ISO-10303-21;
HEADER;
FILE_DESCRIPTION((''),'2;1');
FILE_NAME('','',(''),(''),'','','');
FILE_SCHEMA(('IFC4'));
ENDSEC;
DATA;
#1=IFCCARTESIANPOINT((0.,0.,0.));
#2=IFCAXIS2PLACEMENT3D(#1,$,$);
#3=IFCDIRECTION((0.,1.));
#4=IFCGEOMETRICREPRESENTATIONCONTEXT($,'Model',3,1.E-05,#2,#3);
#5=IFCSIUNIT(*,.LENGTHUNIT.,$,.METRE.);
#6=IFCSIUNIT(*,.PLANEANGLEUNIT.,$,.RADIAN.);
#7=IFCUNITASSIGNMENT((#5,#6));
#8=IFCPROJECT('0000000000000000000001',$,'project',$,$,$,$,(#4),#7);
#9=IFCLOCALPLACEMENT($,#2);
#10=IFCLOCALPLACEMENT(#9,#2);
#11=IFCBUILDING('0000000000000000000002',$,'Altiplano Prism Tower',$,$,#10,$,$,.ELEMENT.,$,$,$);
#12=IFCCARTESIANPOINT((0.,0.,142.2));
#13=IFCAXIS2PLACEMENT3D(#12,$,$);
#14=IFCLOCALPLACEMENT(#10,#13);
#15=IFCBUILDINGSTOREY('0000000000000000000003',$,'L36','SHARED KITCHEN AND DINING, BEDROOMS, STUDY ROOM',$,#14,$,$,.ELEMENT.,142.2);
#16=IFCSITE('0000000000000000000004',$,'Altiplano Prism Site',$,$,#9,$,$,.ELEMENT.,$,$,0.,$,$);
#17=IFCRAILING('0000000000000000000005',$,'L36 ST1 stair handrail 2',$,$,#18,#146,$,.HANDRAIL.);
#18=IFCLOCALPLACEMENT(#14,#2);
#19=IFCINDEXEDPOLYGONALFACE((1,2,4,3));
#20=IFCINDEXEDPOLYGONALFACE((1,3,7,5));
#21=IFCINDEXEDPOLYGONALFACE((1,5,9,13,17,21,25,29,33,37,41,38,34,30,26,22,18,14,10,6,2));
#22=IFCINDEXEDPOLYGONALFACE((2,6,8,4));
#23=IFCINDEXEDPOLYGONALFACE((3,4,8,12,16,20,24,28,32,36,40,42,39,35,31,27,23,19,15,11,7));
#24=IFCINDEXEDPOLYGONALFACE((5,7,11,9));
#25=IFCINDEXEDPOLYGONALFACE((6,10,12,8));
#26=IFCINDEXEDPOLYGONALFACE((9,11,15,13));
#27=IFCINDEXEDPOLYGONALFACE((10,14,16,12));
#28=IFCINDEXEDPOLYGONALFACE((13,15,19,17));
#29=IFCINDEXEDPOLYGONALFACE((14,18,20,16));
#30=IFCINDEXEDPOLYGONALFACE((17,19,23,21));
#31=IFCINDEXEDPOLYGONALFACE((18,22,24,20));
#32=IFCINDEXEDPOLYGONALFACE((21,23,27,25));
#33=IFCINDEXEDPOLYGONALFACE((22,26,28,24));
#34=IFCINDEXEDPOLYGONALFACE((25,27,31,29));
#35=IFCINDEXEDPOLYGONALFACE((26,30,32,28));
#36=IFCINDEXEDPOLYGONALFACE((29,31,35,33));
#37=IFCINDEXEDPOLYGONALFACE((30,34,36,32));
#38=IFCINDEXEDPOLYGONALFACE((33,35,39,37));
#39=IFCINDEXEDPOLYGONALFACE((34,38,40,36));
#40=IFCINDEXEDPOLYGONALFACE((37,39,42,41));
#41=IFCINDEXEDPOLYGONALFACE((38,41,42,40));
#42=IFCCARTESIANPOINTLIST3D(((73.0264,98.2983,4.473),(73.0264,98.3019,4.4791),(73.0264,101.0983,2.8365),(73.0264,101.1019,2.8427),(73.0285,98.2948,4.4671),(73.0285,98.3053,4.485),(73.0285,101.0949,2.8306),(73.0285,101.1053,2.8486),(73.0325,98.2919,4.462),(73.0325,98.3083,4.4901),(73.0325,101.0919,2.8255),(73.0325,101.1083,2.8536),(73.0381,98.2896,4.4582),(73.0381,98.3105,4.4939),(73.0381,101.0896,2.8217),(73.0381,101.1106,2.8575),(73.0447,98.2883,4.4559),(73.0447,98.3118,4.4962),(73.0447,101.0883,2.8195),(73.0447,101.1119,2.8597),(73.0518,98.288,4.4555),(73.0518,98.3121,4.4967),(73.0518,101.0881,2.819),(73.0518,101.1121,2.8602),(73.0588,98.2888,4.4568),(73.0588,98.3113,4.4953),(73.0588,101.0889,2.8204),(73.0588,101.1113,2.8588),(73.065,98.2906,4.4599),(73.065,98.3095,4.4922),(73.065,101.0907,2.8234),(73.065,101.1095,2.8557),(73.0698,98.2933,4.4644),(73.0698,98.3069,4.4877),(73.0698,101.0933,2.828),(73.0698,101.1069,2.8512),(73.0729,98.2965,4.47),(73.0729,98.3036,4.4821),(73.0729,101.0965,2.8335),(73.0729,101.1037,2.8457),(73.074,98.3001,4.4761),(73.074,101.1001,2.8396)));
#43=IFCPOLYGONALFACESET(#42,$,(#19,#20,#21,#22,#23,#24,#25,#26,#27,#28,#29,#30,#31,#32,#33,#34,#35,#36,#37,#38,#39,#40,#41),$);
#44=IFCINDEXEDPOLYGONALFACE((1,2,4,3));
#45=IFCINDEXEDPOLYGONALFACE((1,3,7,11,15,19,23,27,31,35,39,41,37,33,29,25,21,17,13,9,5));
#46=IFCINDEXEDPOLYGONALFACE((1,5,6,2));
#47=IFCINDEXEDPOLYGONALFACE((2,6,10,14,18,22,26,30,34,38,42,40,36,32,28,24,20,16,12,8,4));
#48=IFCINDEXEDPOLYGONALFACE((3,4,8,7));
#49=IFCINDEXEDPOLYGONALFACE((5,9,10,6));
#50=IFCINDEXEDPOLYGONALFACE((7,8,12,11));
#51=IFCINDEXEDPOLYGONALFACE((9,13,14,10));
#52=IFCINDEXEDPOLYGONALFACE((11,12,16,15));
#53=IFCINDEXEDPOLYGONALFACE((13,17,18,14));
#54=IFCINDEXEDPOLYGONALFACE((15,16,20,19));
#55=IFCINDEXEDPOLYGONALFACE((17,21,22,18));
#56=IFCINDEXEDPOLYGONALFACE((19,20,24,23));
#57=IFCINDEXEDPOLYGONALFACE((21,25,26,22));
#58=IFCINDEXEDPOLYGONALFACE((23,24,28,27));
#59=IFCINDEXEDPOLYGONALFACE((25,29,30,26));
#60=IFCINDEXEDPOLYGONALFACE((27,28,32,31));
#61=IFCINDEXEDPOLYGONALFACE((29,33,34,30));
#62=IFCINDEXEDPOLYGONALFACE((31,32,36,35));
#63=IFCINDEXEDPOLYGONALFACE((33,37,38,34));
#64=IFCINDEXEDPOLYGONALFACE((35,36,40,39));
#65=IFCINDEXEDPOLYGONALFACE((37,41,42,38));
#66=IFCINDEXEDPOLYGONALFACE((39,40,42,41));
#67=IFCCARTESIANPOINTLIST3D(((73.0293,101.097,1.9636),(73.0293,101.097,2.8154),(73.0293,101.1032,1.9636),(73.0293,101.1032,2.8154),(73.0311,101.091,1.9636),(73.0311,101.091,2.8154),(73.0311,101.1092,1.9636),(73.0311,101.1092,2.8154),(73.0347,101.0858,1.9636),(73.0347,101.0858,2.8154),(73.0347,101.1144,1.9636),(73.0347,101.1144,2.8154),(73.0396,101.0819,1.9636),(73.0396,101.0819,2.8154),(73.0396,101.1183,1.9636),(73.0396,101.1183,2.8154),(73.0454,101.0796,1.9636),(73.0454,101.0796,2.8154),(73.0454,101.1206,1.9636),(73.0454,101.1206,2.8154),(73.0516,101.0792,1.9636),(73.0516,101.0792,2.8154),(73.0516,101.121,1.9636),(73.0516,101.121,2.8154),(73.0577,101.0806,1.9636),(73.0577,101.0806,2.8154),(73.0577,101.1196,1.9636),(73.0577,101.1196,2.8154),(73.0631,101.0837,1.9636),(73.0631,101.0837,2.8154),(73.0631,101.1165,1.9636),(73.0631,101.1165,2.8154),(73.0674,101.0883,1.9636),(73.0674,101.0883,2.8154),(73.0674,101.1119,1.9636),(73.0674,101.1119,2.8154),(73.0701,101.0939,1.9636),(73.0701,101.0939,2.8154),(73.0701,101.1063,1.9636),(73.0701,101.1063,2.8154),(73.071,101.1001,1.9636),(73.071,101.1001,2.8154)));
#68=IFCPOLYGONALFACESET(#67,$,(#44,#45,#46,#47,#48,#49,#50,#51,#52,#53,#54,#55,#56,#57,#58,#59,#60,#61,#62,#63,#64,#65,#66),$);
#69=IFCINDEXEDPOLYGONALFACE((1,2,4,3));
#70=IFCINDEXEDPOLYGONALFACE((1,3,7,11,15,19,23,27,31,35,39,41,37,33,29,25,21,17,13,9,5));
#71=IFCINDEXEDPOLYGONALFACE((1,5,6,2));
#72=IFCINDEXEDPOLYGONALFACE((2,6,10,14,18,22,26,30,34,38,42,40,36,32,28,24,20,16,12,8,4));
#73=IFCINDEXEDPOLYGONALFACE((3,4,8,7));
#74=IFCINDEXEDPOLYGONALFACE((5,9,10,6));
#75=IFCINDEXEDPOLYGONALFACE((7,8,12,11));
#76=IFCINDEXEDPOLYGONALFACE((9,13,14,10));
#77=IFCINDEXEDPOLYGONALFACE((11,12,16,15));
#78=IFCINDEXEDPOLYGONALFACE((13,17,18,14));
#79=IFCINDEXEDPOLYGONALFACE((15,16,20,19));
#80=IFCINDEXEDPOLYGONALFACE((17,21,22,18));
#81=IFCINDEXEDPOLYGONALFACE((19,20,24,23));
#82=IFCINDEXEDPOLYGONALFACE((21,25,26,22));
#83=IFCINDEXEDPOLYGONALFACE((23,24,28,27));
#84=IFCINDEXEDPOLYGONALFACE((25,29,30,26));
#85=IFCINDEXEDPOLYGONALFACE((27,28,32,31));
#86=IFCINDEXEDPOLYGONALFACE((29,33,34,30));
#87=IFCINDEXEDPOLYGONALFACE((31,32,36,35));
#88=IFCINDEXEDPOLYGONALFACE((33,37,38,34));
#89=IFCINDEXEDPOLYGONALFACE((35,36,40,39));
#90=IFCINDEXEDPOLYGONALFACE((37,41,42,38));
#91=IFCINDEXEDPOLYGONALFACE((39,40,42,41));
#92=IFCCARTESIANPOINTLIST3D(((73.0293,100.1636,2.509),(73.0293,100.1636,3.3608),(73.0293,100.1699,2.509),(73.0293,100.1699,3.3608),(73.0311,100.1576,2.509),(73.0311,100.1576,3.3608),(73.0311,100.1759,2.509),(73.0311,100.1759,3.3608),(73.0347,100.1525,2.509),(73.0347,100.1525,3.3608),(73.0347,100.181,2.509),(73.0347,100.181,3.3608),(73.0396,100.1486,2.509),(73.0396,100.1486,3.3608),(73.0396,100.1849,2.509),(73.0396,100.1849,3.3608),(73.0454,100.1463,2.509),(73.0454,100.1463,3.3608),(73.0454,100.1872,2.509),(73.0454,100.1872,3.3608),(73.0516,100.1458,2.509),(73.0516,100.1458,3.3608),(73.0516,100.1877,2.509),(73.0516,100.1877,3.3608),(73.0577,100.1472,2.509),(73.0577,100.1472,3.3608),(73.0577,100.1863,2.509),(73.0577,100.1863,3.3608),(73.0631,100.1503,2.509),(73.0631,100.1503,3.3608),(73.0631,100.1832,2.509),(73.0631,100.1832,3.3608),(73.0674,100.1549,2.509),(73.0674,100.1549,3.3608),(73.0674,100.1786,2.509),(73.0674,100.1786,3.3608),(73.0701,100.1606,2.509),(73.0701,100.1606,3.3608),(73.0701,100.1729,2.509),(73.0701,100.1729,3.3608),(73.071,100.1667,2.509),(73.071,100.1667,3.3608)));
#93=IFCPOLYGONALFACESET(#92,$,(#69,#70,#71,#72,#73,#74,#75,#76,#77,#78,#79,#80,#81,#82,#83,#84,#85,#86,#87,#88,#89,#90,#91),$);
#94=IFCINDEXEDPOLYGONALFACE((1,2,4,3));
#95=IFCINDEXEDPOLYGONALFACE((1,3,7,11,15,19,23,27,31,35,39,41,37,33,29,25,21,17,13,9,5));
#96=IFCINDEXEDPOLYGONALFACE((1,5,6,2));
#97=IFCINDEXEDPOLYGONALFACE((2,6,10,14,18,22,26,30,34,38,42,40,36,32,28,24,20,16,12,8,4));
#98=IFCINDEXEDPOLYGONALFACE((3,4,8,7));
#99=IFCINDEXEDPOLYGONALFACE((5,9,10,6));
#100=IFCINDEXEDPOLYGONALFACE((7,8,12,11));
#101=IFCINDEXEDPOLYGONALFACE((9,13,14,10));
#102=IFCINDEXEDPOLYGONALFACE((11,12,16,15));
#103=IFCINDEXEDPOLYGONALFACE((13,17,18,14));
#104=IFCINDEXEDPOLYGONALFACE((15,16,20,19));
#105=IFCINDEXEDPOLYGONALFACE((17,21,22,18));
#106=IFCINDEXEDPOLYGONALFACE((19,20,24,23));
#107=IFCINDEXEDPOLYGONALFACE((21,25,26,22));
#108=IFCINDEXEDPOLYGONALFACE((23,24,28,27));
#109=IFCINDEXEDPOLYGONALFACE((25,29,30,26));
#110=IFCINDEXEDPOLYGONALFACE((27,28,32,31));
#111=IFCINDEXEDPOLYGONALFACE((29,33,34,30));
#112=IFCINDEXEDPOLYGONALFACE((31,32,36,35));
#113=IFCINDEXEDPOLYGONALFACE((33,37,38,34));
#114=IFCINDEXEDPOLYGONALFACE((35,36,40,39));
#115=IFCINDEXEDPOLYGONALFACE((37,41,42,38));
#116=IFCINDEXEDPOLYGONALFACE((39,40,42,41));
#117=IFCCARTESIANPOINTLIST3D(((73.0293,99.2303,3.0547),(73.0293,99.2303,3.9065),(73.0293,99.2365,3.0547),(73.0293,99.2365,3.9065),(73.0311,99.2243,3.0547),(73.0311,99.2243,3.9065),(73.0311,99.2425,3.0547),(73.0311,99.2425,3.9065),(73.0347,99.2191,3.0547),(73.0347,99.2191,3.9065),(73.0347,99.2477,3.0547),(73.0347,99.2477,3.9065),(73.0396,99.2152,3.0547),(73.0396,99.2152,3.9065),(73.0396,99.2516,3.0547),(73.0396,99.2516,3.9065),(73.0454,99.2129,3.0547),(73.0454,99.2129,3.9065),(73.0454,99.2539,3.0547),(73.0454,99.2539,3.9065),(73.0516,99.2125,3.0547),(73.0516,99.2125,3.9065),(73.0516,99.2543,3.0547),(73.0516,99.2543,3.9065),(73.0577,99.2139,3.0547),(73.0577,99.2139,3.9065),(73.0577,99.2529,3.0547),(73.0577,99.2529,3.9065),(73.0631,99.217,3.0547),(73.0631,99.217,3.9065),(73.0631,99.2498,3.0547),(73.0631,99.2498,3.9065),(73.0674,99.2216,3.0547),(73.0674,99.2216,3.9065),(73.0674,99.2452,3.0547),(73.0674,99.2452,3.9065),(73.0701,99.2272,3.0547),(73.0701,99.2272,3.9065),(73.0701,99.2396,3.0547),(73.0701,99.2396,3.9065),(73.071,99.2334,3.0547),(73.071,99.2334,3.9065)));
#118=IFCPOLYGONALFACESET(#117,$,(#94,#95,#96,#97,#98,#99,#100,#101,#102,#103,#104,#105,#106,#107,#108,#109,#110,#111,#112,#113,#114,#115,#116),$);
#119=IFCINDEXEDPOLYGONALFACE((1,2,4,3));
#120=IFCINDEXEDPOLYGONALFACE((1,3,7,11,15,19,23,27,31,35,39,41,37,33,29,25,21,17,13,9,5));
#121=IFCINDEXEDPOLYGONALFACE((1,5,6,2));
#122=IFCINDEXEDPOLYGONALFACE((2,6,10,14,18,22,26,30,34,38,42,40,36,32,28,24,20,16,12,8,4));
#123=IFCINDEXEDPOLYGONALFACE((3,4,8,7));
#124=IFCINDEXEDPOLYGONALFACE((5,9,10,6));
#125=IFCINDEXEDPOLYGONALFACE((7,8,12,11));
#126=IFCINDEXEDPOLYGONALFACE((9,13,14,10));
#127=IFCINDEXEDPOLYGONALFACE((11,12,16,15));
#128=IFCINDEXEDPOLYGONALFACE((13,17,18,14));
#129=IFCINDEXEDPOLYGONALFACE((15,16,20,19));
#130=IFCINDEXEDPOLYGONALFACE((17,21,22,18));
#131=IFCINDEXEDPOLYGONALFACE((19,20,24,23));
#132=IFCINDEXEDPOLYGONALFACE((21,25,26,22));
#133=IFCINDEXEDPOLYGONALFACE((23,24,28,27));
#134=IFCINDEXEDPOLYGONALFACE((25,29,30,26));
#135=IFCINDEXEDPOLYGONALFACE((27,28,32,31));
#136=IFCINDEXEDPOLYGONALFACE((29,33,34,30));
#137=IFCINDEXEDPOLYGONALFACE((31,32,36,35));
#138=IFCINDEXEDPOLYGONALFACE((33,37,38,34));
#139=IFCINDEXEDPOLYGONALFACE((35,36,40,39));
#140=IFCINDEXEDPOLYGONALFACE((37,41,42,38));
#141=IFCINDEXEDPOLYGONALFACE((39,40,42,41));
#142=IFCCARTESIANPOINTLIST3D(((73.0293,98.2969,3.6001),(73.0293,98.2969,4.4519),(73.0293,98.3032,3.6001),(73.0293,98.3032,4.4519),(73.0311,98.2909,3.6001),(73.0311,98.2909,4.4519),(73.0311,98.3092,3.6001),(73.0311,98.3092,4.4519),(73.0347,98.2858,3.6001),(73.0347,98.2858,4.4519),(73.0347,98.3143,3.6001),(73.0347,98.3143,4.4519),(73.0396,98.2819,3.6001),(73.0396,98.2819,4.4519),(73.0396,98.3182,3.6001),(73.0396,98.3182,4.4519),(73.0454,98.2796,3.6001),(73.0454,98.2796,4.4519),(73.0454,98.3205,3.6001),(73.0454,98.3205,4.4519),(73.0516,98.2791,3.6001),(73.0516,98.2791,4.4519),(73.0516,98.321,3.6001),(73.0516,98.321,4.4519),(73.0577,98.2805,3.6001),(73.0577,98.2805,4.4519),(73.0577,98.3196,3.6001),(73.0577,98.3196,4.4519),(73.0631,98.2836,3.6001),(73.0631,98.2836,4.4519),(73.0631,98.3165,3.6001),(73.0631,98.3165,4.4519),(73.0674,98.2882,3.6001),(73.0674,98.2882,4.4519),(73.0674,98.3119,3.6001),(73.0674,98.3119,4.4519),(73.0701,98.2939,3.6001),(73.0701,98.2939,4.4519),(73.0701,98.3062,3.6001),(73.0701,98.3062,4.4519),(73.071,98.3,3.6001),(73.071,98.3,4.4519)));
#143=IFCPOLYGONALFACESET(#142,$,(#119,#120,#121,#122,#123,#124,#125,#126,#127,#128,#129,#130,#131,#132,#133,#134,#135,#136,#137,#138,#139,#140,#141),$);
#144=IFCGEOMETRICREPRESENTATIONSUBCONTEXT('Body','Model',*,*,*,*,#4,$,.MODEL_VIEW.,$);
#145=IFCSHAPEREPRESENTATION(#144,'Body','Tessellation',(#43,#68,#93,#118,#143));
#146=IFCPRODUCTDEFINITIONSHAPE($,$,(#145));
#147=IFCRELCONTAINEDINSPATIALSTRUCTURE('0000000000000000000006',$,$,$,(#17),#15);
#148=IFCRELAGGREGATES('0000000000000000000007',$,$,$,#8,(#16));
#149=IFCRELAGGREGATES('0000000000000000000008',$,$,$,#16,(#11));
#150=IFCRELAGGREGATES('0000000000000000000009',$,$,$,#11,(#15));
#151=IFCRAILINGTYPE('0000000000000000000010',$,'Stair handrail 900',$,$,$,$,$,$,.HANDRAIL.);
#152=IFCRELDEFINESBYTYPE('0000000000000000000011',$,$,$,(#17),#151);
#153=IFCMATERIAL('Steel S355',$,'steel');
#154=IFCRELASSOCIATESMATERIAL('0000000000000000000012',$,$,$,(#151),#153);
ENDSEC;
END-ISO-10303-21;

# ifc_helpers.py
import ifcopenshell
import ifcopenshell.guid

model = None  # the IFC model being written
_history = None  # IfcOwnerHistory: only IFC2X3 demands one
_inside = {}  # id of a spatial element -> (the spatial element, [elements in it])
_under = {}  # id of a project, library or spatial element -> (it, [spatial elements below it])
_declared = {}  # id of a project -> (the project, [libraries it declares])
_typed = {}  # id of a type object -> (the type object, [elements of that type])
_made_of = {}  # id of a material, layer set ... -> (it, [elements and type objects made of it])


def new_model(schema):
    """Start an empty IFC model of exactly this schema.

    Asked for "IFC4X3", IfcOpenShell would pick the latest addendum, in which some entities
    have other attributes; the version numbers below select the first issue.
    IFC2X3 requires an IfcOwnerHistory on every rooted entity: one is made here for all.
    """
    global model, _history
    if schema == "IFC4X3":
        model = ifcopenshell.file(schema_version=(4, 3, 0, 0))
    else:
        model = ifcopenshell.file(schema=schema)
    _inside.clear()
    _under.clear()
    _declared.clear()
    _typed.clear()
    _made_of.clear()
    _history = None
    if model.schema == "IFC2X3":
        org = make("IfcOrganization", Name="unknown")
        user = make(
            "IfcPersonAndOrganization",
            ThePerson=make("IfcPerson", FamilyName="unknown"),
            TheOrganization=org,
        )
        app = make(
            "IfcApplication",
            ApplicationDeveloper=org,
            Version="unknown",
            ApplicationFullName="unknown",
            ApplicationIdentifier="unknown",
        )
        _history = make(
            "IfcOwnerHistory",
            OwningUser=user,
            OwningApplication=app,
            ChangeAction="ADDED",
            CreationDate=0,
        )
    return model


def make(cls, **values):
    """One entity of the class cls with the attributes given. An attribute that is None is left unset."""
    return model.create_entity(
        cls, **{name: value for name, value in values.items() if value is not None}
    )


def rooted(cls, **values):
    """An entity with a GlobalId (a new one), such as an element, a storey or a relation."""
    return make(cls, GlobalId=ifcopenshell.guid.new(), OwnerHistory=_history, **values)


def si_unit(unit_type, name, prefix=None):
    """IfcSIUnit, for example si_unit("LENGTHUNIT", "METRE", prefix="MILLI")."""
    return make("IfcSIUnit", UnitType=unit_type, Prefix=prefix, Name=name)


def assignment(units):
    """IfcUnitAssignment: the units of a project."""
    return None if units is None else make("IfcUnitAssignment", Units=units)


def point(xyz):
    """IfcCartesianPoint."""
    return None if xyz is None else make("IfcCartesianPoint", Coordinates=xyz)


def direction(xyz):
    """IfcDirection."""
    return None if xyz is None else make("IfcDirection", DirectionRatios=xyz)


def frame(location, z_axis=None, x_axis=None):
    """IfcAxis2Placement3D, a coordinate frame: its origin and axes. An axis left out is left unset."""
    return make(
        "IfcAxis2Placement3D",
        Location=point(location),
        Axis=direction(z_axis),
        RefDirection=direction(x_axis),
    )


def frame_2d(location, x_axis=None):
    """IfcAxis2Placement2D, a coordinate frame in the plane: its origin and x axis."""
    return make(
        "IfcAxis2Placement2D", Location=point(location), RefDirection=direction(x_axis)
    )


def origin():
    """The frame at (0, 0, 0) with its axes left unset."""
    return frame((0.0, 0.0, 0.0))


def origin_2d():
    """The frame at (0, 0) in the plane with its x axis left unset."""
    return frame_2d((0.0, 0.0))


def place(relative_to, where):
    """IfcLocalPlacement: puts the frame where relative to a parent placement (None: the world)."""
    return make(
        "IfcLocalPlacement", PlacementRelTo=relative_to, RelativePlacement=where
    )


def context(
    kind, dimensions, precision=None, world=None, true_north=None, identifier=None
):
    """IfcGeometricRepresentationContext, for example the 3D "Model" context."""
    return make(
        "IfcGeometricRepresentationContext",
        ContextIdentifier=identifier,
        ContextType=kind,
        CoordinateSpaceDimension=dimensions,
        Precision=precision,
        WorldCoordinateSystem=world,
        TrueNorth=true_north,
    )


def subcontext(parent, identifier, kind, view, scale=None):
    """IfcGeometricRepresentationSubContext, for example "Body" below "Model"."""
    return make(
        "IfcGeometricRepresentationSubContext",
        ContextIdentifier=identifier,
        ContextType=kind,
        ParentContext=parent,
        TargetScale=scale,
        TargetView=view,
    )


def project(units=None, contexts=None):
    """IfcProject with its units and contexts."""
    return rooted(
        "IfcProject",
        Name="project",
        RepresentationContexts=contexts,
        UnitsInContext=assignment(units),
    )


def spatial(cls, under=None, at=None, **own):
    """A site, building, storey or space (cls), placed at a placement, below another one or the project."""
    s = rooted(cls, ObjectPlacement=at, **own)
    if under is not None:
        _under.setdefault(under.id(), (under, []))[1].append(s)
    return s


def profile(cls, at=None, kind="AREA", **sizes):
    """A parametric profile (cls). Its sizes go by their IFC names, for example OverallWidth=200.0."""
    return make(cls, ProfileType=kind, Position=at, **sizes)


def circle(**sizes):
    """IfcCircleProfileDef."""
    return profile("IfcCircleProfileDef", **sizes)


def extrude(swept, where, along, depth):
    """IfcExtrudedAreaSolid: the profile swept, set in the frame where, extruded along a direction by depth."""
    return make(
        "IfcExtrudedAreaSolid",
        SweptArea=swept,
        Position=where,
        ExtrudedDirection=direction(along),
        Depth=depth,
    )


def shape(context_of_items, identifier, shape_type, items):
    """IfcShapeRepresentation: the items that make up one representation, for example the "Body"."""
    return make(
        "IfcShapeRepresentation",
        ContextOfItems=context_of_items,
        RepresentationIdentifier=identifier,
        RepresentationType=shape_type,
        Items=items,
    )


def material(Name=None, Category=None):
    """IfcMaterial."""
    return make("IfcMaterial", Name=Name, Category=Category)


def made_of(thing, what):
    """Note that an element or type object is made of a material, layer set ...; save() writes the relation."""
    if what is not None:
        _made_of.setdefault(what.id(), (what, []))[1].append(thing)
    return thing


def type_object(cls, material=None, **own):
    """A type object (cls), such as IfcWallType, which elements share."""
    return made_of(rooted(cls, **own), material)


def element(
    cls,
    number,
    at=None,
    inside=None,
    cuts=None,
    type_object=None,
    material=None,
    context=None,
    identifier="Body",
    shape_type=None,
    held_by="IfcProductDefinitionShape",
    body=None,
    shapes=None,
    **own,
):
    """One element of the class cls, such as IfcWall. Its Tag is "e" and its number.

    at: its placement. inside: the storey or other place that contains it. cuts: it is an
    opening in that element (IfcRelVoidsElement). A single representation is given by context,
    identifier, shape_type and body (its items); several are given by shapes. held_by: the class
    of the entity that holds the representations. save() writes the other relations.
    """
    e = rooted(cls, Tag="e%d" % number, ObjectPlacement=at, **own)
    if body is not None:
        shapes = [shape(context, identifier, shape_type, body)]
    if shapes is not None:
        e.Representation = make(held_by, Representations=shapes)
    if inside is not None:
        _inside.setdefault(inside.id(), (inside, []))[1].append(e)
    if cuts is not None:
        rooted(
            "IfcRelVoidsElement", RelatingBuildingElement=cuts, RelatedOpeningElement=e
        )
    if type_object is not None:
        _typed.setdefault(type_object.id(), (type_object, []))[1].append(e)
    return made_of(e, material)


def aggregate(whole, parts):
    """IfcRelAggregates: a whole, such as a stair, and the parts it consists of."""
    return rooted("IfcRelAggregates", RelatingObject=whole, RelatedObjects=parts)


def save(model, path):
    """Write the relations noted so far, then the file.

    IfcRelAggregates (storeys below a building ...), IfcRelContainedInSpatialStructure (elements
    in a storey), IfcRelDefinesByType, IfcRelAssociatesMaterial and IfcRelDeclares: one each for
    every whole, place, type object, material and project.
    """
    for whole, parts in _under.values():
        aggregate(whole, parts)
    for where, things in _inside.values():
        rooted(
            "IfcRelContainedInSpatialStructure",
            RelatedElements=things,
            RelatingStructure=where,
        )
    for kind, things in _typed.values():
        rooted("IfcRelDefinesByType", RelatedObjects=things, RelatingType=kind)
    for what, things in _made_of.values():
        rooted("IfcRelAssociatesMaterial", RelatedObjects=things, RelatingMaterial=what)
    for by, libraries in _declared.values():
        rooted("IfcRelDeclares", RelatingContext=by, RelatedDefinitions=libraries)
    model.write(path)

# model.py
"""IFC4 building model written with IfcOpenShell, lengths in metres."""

from ifc_helpers import new_model, si_unit, direction, frame, origin, origin_2d, place, context, subcontext, project, spatial, circle, extrude, material, type_object, element, save


model = new_model("IFC4")

# Units and contexts
model_context = context("Model", 3, precision=1e-05, world=origin(), true_north=direction((0.0, 1.0)))
body_context = subcontext(model_context, "Body", "Model", "MODEL_VIEW")
ifc_project = project(units=[si_unit("LENGTHUNIT", "METRE"), si_unit("PLANEANGLEUNIT", "RADIAN")], contexts=[model_context])

# Site, building, storey
site_placement = place(None, origin())
site = spatial("IfcSite", under=ifc_project, at=site_placement, Name="Altiplano Prism Site", CompositionType="ELEMENT", RefElevation=0.0)
building_placement = place(site_placement, origin())
building = spatial("IfcBuilding", under=site, at=building_placement, Name="Altiplano Prism Tower", CompositionType="ELEMENT")
storey_placement = place(building_placement, frame((0.0, 0.0, 142.2)))
storey = spatial("IfcBuildingStorey", under=building, at=storey_placement, Name="L36", Description="SHARED KITCHEN AND DINING, BEDROOMS, STUDY ROOM", CompositionType="ELEMENT", Elevation=142.2)

# Railing
ifc_material_1 = material(Name="Steel S355", Category="steel")
railing_type_1 = type_object("IfcRailingType", Name="Stair handrail 900", PredefinedType="HANDRAIL", material=ifc_material_1)
railing_1_placement = place(storey_placement, frame((73.05, 101.1001, 1.9636)))
element("IfcRailing", 1, at=railing_1_placement, inside=storey, type_object=railing_type_1, Name="L36 ST1 stair handrail 2", PredefinedType="HANDRAIL", context=body_context, shape_type="SweptSolid", body=[
    extrude(circle(Radius=0.0239, at=origin_2d()), frame((0.0, 0.0, 0.876), z_axis=(0.0, -0.863361, 0.504587), x_axis=(1.0, 0.0, 0.0)), (0.0, 0.0, 1.0), 3.2432),
    extrude(circle(Radius=0.021, at=origin_2d()), origin(), (0.0, 0.0, 1.0), 0.8518),
    extrude(circle(Radius=0.021, at=origin_2d()), frame((0.0, -0.9333, 0.5454)), (0.0, 0.0, 1.0), 0.8518),
    extrude(circle(Radius=0.021, at=origin_2d()), frame((0.0, -1.8667, 1.0911)), (0.0, 0.0, 1.0), 0.8518),
    extrude(circle(Radius=0.021, at=origin_2d()), frame((0.0, -2.8, 1.6365)), (0.0, 0.0, 1.0), 0.8518),
])

save(model, "model.ifc")
